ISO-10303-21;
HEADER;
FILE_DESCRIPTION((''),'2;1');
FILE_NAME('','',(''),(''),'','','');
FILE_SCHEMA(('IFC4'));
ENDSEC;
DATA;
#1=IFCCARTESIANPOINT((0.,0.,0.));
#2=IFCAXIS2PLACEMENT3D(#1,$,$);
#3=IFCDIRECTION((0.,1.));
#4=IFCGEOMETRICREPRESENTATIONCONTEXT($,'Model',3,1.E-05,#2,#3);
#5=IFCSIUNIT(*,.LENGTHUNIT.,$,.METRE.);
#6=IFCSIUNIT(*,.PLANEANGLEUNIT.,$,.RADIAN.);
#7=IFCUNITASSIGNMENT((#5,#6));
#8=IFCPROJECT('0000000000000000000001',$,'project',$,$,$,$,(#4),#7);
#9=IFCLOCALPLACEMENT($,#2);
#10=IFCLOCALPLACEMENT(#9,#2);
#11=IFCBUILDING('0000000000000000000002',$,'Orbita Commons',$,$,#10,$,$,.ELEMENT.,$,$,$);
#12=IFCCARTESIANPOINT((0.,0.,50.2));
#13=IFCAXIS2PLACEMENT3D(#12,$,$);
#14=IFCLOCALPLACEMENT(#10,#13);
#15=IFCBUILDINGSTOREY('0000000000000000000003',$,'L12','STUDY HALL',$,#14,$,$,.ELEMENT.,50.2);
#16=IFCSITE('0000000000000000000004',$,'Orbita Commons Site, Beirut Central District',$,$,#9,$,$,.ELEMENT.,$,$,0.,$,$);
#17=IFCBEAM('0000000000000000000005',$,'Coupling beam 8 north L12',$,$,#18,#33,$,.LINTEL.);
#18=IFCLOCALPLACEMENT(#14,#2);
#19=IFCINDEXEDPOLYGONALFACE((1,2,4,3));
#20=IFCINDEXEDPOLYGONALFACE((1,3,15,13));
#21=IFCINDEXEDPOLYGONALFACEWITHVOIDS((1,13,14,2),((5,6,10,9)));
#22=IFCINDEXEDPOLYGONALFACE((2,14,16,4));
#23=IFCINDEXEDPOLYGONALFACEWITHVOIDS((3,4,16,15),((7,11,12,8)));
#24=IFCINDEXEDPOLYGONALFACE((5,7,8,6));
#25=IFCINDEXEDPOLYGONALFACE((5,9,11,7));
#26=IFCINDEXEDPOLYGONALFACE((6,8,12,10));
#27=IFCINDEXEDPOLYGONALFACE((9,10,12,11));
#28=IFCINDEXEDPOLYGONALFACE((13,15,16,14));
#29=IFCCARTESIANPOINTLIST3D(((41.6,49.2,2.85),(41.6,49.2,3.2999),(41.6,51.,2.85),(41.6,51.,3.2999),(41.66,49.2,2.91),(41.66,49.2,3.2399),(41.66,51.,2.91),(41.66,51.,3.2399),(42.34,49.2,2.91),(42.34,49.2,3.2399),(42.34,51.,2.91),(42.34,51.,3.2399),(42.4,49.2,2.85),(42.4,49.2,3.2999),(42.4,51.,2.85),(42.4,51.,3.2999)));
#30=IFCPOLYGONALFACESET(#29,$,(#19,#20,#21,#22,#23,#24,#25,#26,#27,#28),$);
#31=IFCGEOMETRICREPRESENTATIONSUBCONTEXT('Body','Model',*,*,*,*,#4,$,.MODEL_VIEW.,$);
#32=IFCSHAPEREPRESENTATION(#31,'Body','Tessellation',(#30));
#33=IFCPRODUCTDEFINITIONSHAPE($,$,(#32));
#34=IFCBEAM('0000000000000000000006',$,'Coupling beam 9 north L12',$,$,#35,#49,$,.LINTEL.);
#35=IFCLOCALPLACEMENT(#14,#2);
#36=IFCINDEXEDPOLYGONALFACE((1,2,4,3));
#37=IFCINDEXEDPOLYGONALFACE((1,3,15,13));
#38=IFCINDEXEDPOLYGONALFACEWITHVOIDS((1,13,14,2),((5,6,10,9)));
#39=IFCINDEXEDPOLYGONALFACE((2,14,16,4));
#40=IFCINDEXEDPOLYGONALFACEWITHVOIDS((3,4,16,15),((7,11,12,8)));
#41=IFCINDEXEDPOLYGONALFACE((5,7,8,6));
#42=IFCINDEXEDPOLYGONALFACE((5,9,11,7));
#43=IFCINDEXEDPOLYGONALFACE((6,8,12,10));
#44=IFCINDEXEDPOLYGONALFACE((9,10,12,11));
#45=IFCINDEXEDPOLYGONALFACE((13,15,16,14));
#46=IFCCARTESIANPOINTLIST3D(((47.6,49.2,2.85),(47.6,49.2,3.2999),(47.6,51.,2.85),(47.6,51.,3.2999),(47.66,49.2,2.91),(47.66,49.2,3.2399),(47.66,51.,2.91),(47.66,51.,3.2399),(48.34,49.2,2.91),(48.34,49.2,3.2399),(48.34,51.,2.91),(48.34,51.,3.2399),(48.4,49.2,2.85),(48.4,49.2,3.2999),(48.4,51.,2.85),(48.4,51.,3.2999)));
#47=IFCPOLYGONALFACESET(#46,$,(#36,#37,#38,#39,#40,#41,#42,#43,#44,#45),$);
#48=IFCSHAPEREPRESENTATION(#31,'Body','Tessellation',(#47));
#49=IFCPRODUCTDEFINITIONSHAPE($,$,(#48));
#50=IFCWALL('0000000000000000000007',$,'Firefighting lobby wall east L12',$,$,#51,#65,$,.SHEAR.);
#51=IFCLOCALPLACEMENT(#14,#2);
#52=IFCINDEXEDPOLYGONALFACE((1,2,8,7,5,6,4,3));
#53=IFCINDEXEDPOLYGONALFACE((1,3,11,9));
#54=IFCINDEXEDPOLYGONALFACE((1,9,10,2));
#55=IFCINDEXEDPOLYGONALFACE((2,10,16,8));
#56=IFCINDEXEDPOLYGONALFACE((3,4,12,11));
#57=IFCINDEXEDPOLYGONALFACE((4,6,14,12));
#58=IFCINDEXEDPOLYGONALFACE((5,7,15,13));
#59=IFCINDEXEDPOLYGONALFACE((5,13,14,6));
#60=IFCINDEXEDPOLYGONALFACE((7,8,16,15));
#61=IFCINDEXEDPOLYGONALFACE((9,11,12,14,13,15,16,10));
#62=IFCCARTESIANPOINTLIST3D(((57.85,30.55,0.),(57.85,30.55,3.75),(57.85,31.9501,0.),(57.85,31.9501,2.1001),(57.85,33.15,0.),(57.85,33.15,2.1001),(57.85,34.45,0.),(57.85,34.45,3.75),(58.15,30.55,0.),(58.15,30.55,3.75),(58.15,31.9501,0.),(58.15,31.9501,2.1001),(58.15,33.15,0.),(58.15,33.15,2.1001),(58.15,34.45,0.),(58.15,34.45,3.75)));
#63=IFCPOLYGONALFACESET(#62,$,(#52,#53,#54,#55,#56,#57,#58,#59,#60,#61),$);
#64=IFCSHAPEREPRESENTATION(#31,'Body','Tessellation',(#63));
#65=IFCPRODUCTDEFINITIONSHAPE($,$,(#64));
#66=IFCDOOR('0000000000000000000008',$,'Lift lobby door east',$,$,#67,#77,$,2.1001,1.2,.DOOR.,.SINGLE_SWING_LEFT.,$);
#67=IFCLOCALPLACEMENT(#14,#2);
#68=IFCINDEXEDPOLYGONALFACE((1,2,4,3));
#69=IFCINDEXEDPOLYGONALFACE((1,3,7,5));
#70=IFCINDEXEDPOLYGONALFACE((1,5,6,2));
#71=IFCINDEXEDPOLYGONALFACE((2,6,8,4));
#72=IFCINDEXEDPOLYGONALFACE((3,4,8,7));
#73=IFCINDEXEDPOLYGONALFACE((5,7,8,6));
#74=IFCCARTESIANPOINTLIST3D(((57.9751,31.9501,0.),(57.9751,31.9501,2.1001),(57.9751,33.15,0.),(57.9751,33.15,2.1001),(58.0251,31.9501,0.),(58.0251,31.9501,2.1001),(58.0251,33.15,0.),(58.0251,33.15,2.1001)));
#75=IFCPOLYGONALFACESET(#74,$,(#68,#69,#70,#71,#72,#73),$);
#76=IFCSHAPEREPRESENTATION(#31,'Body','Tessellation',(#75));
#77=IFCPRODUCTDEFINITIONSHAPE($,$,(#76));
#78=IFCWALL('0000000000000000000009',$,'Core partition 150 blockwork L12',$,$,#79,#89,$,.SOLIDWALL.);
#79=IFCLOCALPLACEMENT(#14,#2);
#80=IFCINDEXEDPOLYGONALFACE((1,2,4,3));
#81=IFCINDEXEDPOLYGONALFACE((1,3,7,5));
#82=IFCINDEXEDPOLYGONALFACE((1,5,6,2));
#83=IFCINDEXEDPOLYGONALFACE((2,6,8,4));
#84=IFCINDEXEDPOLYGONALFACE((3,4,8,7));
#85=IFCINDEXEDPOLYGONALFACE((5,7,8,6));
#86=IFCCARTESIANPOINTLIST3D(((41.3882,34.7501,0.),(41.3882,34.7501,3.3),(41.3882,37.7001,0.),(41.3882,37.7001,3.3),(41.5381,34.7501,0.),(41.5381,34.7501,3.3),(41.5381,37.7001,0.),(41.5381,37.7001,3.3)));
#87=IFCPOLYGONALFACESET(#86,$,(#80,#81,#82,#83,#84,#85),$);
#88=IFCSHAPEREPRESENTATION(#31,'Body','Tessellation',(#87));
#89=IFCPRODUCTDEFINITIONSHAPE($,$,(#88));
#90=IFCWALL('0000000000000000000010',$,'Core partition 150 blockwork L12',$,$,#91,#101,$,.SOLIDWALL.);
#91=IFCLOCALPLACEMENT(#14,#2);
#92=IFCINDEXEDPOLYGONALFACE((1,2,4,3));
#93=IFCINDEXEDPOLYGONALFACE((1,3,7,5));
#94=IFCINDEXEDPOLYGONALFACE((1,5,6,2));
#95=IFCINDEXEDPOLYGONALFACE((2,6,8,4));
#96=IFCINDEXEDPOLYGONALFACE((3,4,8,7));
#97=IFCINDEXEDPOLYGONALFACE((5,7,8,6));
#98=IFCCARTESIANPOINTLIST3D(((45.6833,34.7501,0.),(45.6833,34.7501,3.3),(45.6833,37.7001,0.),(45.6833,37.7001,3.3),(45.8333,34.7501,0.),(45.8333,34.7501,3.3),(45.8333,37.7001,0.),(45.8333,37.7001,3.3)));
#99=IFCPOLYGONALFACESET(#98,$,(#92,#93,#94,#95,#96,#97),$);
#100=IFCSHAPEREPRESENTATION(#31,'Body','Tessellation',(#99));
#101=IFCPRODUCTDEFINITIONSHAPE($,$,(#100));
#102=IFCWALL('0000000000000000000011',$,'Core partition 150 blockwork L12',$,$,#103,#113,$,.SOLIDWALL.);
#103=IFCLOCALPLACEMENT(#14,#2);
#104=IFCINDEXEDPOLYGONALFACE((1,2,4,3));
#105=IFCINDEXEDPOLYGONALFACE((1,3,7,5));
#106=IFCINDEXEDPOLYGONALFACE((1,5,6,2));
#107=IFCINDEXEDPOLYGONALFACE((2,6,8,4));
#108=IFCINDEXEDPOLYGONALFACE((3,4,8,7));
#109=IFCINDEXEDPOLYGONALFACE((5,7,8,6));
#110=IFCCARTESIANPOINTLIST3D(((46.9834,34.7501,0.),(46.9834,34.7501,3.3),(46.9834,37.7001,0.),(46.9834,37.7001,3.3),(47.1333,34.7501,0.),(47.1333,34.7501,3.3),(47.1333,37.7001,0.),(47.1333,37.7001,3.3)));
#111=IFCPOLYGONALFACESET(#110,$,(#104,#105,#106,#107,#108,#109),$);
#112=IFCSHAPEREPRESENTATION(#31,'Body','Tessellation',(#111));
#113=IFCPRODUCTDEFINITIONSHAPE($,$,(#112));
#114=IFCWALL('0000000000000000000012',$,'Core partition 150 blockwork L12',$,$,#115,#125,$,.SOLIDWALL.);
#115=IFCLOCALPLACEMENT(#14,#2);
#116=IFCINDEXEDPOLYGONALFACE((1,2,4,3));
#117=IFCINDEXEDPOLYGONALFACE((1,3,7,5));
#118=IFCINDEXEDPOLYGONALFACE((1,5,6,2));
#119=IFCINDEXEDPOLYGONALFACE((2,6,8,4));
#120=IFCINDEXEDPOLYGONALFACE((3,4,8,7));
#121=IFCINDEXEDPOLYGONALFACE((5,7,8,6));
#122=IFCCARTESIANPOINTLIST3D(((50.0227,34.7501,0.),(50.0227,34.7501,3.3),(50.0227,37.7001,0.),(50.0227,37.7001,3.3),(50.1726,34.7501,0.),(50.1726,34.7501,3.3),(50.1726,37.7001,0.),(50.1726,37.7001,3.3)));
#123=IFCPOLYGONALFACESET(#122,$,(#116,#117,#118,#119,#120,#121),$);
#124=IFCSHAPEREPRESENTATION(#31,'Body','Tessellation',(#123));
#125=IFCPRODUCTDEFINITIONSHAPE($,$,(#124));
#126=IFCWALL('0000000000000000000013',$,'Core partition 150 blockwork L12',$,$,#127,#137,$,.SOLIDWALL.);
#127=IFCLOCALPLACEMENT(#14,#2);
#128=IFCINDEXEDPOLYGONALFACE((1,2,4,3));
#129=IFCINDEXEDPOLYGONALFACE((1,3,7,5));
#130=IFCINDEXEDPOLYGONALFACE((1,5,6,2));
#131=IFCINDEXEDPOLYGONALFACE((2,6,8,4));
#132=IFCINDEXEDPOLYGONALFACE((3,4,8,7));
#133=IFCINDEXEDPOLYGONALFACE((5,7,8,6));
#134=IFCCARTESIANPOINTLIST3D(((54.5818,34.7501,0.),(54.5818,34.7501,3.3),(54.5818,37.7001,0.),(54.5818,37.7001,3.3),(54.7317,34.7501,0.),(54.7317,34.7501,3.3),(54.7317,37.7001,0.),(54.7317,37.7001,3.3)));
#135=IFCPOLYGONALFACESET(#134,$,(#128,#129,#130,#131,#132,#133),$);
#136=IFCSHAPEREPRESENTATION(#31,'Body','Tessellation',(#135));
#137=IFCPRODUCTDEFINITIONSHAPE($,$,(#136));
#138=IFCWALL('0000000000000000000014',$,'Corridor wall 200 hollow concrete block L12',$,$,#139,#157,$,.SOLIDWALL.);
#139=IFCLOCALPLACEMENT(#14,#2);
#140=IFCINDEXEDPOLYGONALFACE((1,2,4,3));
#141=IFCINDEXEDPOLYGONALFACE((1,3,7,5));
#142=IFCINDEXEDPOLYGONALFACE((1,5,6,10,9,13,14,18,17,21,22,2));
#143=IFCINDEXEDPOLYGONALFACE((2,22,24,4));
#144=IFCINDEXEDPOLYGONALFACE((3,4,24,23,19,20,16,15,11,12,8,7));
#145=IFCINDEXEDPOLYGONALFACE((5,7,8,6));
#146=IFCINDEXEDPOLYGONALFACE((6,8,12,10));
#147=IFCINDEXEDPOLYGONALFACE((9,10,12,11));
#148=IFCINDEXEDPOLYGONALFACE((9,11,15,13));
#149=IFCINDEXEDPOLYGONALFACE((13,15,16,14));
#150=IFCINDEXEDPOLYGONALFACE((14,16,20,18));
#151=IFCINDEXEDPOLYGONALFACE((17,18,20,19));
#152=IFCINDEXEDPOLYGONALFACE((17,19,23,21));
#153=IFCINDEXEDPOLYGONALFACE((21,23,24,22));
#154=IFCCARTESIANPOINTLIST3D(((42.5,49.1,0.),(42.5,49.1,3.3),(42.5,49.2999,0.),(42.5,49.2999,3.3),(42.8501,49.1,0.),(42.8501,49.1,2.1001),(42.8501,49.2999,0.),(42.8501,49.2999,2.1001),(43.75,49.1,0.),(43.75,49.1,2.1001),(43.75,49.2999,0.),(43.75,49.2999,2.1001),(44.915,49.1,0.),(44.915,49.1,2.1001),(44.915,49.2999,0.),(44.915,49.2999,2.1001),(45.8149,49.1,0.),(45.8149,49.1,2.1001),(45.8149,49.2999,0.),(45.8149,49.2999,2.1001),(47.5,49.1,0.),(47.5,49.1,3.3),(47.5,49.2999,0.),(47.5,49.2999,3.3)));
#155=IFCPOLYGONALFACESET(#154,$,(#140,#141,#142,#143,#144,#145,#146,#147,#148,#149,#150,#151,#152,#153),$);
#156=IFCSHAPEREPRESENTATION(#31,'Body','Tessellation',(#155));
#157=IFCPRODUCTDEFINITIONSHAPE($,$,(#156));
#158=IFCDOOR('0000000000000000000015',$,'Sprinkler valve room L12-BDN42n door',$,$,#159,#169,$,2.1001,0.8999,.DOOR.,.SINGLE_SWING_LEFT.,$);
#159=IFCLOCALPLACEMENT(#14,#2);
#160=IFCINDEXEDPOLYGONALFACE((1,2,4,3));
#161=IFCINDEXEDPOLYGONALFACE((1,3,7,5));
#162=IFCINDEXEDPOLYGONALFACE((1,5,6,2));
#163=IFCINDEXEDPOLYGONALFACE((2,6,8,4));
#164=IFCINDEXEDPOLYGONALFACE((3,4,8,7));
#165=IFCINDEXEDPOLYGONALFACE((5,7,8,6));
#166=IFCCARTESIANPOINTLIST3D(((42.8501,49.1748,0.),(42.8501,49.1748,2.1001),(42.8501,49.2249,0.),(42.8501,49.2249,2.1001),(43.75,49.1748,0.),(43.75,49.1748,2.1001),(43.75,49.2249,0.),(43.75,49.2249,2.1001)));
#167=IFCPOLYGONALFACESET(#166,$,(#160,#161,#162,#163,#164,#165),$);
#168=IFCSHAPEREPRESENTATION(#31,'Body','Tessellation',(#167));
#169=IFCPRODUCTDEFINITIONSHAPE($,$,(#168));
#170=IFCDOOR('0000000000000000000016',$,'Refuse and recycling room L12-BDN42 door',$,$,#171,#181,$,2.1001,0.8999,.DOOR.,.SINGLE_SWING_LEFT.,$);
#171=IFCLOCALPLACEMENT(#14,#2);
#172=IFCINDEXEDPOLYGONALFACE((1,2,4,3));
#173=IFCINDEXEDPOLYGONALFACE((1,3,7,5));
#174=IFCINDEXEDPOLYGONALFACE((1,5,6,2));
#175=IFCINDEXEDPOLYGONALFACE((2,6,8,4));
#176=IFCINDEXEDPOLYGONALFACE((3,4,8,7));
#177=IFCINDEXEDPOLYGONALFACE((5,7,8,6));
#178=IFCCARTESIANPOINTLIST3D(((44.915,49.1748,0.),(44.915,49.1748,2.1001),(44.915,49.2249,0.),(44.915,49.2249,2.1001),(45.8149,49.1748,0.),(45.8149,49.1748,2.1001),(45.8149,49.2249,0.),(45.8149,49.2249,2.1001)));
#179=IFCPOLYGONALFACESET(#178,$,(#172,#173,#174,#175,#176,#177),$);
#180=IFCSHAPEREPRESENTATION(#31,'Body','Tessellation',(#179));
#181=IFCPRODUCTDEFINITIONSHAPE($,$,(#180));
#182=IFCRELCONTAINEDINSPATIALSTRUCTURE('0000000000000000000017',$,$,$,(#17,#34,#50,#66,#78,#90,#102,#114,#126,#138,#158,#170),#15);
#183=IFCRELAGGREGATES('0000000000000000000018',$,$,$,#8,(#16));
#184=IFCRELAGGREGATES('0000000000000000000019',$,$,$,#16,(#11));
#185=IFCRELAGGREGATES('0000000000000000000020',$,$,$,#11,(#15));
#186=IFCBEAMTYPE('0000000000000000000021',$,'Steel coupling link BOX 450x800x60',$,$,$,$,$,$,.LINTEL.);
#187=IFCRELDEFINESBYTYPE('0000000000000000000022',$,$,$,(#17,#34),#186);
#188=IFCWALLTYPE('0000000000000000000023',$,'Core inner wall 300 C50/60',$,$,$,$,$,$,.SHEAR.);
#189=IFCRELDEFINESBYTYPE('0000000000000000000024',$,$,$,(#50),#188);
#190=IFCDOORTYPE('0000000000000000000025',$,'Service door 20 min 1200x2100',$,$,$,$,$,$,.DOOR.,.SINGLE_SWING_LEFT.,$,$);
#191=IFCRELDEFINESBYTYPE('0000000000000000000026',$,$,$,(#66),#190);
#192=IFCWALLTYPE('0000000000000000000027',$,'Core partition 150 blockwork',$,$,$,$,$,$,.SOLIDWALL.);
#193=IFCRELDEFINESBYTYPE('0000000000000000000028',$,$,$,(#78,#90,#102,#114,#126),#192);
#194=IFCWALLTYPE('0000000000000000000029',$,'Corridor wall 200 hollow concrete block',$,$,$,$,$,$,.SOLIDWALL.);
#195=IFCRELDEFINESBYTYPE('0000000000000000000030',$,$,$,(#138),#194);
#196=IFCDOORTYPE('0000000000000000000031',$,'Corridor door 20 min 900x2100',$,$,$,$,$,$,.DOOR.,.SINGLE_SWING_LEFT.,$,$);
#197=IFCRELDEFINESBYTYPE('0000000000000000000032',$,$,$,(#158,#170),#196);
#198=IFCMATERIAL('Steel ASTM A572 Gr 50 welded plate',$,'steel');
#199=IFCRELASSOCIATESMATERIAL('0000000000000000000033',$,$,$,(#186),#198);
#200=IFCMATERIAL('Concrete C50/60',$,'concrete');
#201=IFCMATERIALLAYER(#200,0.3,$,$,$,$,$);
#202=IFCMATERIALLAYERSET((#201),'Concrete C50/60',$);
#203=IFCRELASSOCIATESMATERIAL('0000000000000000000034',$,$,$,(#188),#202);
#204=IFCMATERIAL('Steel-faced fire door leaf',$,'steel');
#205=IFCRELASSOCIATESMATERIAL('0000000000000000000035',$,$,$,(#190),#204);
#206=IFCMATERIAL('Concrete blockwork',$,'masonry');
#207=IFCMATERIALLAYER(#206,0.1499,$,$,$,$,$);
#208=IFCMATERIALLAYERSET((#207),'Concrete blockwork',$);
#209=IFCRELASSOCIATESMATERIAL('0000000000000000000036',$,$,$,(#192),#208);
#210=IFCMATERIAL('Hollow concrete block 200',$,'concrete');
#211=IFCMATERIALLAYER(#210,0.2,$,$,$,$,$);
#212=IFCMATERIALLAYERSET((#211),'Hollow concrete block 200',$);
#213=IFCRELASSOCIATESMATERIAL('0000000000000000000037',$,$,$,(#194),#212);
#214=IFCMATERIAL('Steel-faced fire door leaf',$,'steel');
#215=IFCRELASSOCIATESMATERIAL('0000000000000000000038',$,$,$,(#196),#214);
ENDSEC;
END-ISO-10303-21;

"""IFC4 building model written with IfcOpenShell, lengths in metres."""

from ifc_helpers import new_model, si_unit, direction, frame, frame_2d, origin, origin_2d, place, context, subcontext, project, spatial, rectangle, hollow_rectangle, extrude, material, layer, layer_set, material_profile, profile_set, type_object, element, fill, save


model = new_model("IFC4")

# Units and contexts
model_context = context("Model", 3, precision=1e-05, world=origin(), true_north=direction((0.0, 1.0)))
body_context = subcontext(model_context, "Body", "Model", "MODEL_VIEW")
ifc_project = project(units=[si_unit("LENGTHUNIT", "METRE"), si_unit("PLANEANGLEUNIT", "RADIAN")], contexts=[model_context])

# Site, building, storey
site_placement = place(None, origin())
site = spatial("IfcSite", under=ifc_project, at=site_placement, Name="Orbita Commons Site, Beirut Central District", CompositionType="ELEMENT", RefElevation=0.0)
building_placement = place(site_placement, origin())
building = spatial("IfcBuilding", under=site, at=building_placement, Name="Orbita Commons", CompositionType="ELEMENT")
storey_placement = place(building_placement, frame((0.0, 0.0, 50.2)))
storey = spatial("IfcBuildingStorey", under=building, at=storey_placement, Name="L12", Description="STUDY HALL", CompositionType="ELEMENT", Elevation=50.2)

# Beams
ifc_material_1 = material(Name="Steel ASTM A572 Gr 50 welded plate", Category="steel")
ifc_material_profile = material_profile(ifc_material_1, hollow_rectangle(XDim=0.8, YDim=0.45, WallThickness=0.0601, at=origin_2d()), Name="BOX 450x800x60")
ifc_profile_set = profile_set([ifc_material_profile], Name="Steel ASTM A572 Gr 50 welded plate")
beam_type = type_object("IfcBeamType", Name="Steel coupling link BOX 450x800x60", PredefinedType="LINTEL", material=ifc_profile_set)
for number, where, z_axis, x_axis, name in (
    (1, (42.0, 49.2, 3.075), (0.0, 1.0, 0.0), (-1.0, 0.0, 0.0), "Coupling beam 8 north L12"),
    (2, (48.0, 49.2, 3.075), (0.0, 1.0, 0.0), (-1.0, 0.0, 0.0), "Coupling beam 9 north L12"),
):
    element("IfcBeam", number, at=place(storey_placement, frame(where, z_axis=z_axis, x_axis=x_axis)), inside=storey, type_object=beam_type, Name=name, PredefinedType="LINTEL", context=body_context, shape_type="SweptSolid", body=[
        extrude(hollow_rectangle(XDim=0.8, YDim=0.45, WallThickness=0.0601, at=origin_2d()), origin(), (0.0, 0.0, 1.0), 1.8),
    ])

# Wall, opening, door
ifc_material_2 = material(Name="Concrete C50/60", Category="concrete")
ifc_layer_1 = layer(ifc_material_2, 0.3)
ifc_layer_set_1 = layer_set([ifc_layer_1], Name="Concrete C50/60")
wall_type_1 = type_object("IfcWallType", Name="Core inner wall 300 C50/60", PredefinedType="SHEAR", material=ifc_layer_set_1)
wall_1_placement = place(storey_placement, frame((58.0, 30.55, 0.0), z_axis=(0.0, 0.0, 1.0), x_axis=(0.0, 1.0, 0.0)))
wall_1 = element("IfcWall", 3, at=wall_1_placement, inside=storey, type_object=wall_type_1, Name="Firefighting lobby wall east L12", PredefinedType="SHEAR", context=body_context, shape_type="SweptSolid", body=[
    extrude(rectangle(XDim=3.8999, YDim=0.3, at=frame_2d((1.95, 0.0))), origin(), (0.0, 0.0, 1.0), 3.75),
])
opening_1_placement = place(wall_1_placement, frame((1.3999, 0.0, 0.0)))
opening_1 = element("IfcOpeningElement", 4, at=opening_1_placement, cuts=wall_1, PredefinedType="OPENING", context=body_context, shape_type="SweptSolid", body=[
    extrude(rectangle(XDim=1.2, YDim=2.1001, at=frame_2d((0.6001, 1.05))), frame((0.0, 0.1599, 0.0), z_axis=(0.0, -1.0, 0.0), x_axis=(1.0, 0.0, 0.0)), (0.0, 0.0, 1.0), 0.3201),
])
ifc_material_3 = material(Name="Steel-faced fire door leaf", Category="steel")
door_type_1 = type_object("IfcDoorType", Name="Service door 20 min 1200x2100", OperationType="SINGLE_SWING_LEFT", PredefinedType="DOOR", material=ifc_material_3)
door_1_placement = place(opening_1_placement, origin())
door_1 = element("IfcDoor", 5, at=door_1_placement, inside=storey, type_object=door_type_1, Name="Lift lobby door east", OperationType="SINGLE_SWING_LEFT", OverallHeight=2.1001, OverallWidth=1.2, PredefinedType="DOOR", context=body_context, shape_type="SweptSolid", body=[
    extrude(rectangle(XDim=1.2, YDim=2.1001, at=frame_2d((0.6001, 1.05))), frame((0.0, 0.0249, 0.0), z_axis=(0.0, -1.0, 0.0), x_axis=(1.0, 0.0, 0.0)), (0.0, 0.0, 1.0), 0.05),
])
fill(opening_1, door_1)

# Walls
ifc_material_4 = material(Name="Concrete blockwork", Category="masonry")
ifc_layer_2 = layer(ifc_material_4, 0.1499)
ifc_layer_set_2 = layer_set([ifc_layer_2], Name="Concrete blockwork")
wall_type_2 = type_object("IfcWallType", Name="Core partition 150 blockwork", PredefinedType="SOLIDWALL", material=ifc_layer_set_2)
for number, where, z_axis, x_axis, name in (
    (6, (41.4631, 34.75, 0.0), (0.0, 0.0, 1.0), (0.0, 1.0, 0.0), "Core partition 150 blockwork L12"),
    (7, (45.7583, 34.75, 0.0), (0.0, 0.0, 1.0), (0.0, 1.0, 0.0), "Core partition 150 blockwork L12"),
    (8, (47.0583, 34.75, 0.0), (0.0, 0.0, 1.0), (0.0, 1.0, 0.0), "Core partition 150 blockwork L12"),
    (9, (50.0977, 34.75, 0.0), (0.0, 0.0, 1.0), (0.0, 1.0, 0.0), "Core partition 150 blockwork L12"),
    (10, (54.6567, 34.75, 0.0), (0.0, 0.0, 1.0), (0.0, 1.0, 0.0), "Core partition 150 blockwork L12"),
):
    element("IfcWall", number, at=place(storey_placement, frame(where, z_axis=z_axis, x_axis=x_axis)), inside=storey, type_object=wall_type_2, Name=name, PredefinedType="SOLIDWALL", context=body_context, shape_type="SweptSolid", body=[
        extrude(rectangle(XDim=2.95, YDim=0.1499, at=frame_2d((1.4751, 0.0))), origin(), (0.0, 0.0, 1.0), 3.3),
    ])

# Wall, openings, doors
ifc_material_5 = material(Name="Hollow concrete block 200", Category="concrete")
ifc_layer_3 = layer(ifc_material_5, 0.2)
ifc_layer_set_3 = layer_set([ifc_layer_3], Name="Hollow concrete block 200")
wall_type_3 = type_object("IfcWallType", Name="Corridor wall 200 hollow concrete block", PredefinedType="SOLIDWALL", material=ifc_layer_set_3)
wall_2_placement = place(storey_placement, frame((42.5, 49.2, 0.0), z_axis=(0.0, 0.0, 1.0), x_axis=(1.0, 0.0, 0.0)))
wall_2 = element("IfcWall", 11, at=wall_2_placement, inside=storey, type_object=wall_type_3, Name="Corridor wall 200 hollow concrete block L12", PredefinedType="SOLIDWALL", context=body_context, shape_type="SweptSolid", body=[
    extrude(rectangle(XDim=5.0, YDim=0.2, at=frame_2d((2.5, 0.0))), origin(), (0.0, 0.0, 1.0), 3.3),
])
opening_2_placement = place(wall_2_placement, frame((0.3501, 0.0, 0.0)))
opening_2 = element("IfcOpeningElement", 12, at=opening_2_placement, cuts=wall_2, PredefinedType="OPENING", context=body_context, shape_type="SweptSolid", body=[
    extrude(rectangle(XDim=0.8999, YDim=2.1001, at=frame_2d((0.45, 1.05))), frame((0.0, 0.1099, 0.0), z_axis=(0.0, -1.0, 0.0), x_axis=(1.0, 0.0, 0.0)), (0.0, 0.0, 1.0), 0.22),
])
opening_3_placement = place(wall_2_placement, frame((2.415, 0.0, 0.0)))
opening_3 = element("IfcOpeningElement", 13, at=opening_3_placement, cuts=wall_2, PredefinedType="OPENING", context=body_context, shape_type="SweptSolid", body=[
    extrude(rectangle(XDim=0.8999, YDim=2.1001, at=frame_2d((0.45, 1.05))), frame((0.0, 0.1099, 0.0), z_axis=(0.0, -1.0, 0.0), x_axis=(1.0, 0.0, 0.0)), (0.0, 0.0, 1.0), 0.22),
])
ifc_material_6 = material(Name="Steel-faced fire door leaf", Category="steel")
door_type_2 = type_object("IfcDoorType", Name="Corridor door 20 min 900x2100", OperationType="SINGLE_SWING_LEFT", PredefinedType="DOOR", material=ifc_material_6)
door_2_placement = place(opening_2_placement, origin())
door_2 = element("IfcDoor", 14, at=door_2_placement, inside=storey, type_object=door_type_2, Name="Sprinkler valve room L12-BDN42n door", OperationType="SINGLE_SWING_LEFT", OverallHeight=2.1001, OverallWidth=0.8999, PredefinedType="DOOR", context=body_context, shape_type="SweptSolid", body=[
    extrude(rectangle(XDim=0.8999, YDim=2.1001, at=frame_2d((0.45, 1.05))), frame((0.0, 0.0249, 0.0), z_axis=(0.0, -1.0, 0.0), x_axis=(1.0, 0.0, 0.0)), (0.0, 0.0, 1.0), 0.05),
])
fill(opening_2, door_2)
door_3_placement = place(opening_3_placement, origin())
door_3 = element("IfcDoor", 15, at=door_3_placement, inside=storey, type_object=door_type_2, Name="Refuse and recycling room L12-BDN42 door", OperationType="SINGLE_SWING_LEFT", OverallHeight=2.1001, OverallWidth=0.8999, PredefinedType="DOOR", context=body_context, shape_type="SweptSolid", body=[
    extrude(rectangle(XDim=0.8999, YDim=2.1001, at=frame_2d((0.45, 1.05))), frame((0.0, 0.0249, 0.0), z_axis=(0.0, -1.0, 0.0), x_axis=(1.0, 0.0, 0.0)), (0.0, 0.0, 1.0), 0.05),
])
fill(opening_3, door_3)

save(model, "model.ifc")
